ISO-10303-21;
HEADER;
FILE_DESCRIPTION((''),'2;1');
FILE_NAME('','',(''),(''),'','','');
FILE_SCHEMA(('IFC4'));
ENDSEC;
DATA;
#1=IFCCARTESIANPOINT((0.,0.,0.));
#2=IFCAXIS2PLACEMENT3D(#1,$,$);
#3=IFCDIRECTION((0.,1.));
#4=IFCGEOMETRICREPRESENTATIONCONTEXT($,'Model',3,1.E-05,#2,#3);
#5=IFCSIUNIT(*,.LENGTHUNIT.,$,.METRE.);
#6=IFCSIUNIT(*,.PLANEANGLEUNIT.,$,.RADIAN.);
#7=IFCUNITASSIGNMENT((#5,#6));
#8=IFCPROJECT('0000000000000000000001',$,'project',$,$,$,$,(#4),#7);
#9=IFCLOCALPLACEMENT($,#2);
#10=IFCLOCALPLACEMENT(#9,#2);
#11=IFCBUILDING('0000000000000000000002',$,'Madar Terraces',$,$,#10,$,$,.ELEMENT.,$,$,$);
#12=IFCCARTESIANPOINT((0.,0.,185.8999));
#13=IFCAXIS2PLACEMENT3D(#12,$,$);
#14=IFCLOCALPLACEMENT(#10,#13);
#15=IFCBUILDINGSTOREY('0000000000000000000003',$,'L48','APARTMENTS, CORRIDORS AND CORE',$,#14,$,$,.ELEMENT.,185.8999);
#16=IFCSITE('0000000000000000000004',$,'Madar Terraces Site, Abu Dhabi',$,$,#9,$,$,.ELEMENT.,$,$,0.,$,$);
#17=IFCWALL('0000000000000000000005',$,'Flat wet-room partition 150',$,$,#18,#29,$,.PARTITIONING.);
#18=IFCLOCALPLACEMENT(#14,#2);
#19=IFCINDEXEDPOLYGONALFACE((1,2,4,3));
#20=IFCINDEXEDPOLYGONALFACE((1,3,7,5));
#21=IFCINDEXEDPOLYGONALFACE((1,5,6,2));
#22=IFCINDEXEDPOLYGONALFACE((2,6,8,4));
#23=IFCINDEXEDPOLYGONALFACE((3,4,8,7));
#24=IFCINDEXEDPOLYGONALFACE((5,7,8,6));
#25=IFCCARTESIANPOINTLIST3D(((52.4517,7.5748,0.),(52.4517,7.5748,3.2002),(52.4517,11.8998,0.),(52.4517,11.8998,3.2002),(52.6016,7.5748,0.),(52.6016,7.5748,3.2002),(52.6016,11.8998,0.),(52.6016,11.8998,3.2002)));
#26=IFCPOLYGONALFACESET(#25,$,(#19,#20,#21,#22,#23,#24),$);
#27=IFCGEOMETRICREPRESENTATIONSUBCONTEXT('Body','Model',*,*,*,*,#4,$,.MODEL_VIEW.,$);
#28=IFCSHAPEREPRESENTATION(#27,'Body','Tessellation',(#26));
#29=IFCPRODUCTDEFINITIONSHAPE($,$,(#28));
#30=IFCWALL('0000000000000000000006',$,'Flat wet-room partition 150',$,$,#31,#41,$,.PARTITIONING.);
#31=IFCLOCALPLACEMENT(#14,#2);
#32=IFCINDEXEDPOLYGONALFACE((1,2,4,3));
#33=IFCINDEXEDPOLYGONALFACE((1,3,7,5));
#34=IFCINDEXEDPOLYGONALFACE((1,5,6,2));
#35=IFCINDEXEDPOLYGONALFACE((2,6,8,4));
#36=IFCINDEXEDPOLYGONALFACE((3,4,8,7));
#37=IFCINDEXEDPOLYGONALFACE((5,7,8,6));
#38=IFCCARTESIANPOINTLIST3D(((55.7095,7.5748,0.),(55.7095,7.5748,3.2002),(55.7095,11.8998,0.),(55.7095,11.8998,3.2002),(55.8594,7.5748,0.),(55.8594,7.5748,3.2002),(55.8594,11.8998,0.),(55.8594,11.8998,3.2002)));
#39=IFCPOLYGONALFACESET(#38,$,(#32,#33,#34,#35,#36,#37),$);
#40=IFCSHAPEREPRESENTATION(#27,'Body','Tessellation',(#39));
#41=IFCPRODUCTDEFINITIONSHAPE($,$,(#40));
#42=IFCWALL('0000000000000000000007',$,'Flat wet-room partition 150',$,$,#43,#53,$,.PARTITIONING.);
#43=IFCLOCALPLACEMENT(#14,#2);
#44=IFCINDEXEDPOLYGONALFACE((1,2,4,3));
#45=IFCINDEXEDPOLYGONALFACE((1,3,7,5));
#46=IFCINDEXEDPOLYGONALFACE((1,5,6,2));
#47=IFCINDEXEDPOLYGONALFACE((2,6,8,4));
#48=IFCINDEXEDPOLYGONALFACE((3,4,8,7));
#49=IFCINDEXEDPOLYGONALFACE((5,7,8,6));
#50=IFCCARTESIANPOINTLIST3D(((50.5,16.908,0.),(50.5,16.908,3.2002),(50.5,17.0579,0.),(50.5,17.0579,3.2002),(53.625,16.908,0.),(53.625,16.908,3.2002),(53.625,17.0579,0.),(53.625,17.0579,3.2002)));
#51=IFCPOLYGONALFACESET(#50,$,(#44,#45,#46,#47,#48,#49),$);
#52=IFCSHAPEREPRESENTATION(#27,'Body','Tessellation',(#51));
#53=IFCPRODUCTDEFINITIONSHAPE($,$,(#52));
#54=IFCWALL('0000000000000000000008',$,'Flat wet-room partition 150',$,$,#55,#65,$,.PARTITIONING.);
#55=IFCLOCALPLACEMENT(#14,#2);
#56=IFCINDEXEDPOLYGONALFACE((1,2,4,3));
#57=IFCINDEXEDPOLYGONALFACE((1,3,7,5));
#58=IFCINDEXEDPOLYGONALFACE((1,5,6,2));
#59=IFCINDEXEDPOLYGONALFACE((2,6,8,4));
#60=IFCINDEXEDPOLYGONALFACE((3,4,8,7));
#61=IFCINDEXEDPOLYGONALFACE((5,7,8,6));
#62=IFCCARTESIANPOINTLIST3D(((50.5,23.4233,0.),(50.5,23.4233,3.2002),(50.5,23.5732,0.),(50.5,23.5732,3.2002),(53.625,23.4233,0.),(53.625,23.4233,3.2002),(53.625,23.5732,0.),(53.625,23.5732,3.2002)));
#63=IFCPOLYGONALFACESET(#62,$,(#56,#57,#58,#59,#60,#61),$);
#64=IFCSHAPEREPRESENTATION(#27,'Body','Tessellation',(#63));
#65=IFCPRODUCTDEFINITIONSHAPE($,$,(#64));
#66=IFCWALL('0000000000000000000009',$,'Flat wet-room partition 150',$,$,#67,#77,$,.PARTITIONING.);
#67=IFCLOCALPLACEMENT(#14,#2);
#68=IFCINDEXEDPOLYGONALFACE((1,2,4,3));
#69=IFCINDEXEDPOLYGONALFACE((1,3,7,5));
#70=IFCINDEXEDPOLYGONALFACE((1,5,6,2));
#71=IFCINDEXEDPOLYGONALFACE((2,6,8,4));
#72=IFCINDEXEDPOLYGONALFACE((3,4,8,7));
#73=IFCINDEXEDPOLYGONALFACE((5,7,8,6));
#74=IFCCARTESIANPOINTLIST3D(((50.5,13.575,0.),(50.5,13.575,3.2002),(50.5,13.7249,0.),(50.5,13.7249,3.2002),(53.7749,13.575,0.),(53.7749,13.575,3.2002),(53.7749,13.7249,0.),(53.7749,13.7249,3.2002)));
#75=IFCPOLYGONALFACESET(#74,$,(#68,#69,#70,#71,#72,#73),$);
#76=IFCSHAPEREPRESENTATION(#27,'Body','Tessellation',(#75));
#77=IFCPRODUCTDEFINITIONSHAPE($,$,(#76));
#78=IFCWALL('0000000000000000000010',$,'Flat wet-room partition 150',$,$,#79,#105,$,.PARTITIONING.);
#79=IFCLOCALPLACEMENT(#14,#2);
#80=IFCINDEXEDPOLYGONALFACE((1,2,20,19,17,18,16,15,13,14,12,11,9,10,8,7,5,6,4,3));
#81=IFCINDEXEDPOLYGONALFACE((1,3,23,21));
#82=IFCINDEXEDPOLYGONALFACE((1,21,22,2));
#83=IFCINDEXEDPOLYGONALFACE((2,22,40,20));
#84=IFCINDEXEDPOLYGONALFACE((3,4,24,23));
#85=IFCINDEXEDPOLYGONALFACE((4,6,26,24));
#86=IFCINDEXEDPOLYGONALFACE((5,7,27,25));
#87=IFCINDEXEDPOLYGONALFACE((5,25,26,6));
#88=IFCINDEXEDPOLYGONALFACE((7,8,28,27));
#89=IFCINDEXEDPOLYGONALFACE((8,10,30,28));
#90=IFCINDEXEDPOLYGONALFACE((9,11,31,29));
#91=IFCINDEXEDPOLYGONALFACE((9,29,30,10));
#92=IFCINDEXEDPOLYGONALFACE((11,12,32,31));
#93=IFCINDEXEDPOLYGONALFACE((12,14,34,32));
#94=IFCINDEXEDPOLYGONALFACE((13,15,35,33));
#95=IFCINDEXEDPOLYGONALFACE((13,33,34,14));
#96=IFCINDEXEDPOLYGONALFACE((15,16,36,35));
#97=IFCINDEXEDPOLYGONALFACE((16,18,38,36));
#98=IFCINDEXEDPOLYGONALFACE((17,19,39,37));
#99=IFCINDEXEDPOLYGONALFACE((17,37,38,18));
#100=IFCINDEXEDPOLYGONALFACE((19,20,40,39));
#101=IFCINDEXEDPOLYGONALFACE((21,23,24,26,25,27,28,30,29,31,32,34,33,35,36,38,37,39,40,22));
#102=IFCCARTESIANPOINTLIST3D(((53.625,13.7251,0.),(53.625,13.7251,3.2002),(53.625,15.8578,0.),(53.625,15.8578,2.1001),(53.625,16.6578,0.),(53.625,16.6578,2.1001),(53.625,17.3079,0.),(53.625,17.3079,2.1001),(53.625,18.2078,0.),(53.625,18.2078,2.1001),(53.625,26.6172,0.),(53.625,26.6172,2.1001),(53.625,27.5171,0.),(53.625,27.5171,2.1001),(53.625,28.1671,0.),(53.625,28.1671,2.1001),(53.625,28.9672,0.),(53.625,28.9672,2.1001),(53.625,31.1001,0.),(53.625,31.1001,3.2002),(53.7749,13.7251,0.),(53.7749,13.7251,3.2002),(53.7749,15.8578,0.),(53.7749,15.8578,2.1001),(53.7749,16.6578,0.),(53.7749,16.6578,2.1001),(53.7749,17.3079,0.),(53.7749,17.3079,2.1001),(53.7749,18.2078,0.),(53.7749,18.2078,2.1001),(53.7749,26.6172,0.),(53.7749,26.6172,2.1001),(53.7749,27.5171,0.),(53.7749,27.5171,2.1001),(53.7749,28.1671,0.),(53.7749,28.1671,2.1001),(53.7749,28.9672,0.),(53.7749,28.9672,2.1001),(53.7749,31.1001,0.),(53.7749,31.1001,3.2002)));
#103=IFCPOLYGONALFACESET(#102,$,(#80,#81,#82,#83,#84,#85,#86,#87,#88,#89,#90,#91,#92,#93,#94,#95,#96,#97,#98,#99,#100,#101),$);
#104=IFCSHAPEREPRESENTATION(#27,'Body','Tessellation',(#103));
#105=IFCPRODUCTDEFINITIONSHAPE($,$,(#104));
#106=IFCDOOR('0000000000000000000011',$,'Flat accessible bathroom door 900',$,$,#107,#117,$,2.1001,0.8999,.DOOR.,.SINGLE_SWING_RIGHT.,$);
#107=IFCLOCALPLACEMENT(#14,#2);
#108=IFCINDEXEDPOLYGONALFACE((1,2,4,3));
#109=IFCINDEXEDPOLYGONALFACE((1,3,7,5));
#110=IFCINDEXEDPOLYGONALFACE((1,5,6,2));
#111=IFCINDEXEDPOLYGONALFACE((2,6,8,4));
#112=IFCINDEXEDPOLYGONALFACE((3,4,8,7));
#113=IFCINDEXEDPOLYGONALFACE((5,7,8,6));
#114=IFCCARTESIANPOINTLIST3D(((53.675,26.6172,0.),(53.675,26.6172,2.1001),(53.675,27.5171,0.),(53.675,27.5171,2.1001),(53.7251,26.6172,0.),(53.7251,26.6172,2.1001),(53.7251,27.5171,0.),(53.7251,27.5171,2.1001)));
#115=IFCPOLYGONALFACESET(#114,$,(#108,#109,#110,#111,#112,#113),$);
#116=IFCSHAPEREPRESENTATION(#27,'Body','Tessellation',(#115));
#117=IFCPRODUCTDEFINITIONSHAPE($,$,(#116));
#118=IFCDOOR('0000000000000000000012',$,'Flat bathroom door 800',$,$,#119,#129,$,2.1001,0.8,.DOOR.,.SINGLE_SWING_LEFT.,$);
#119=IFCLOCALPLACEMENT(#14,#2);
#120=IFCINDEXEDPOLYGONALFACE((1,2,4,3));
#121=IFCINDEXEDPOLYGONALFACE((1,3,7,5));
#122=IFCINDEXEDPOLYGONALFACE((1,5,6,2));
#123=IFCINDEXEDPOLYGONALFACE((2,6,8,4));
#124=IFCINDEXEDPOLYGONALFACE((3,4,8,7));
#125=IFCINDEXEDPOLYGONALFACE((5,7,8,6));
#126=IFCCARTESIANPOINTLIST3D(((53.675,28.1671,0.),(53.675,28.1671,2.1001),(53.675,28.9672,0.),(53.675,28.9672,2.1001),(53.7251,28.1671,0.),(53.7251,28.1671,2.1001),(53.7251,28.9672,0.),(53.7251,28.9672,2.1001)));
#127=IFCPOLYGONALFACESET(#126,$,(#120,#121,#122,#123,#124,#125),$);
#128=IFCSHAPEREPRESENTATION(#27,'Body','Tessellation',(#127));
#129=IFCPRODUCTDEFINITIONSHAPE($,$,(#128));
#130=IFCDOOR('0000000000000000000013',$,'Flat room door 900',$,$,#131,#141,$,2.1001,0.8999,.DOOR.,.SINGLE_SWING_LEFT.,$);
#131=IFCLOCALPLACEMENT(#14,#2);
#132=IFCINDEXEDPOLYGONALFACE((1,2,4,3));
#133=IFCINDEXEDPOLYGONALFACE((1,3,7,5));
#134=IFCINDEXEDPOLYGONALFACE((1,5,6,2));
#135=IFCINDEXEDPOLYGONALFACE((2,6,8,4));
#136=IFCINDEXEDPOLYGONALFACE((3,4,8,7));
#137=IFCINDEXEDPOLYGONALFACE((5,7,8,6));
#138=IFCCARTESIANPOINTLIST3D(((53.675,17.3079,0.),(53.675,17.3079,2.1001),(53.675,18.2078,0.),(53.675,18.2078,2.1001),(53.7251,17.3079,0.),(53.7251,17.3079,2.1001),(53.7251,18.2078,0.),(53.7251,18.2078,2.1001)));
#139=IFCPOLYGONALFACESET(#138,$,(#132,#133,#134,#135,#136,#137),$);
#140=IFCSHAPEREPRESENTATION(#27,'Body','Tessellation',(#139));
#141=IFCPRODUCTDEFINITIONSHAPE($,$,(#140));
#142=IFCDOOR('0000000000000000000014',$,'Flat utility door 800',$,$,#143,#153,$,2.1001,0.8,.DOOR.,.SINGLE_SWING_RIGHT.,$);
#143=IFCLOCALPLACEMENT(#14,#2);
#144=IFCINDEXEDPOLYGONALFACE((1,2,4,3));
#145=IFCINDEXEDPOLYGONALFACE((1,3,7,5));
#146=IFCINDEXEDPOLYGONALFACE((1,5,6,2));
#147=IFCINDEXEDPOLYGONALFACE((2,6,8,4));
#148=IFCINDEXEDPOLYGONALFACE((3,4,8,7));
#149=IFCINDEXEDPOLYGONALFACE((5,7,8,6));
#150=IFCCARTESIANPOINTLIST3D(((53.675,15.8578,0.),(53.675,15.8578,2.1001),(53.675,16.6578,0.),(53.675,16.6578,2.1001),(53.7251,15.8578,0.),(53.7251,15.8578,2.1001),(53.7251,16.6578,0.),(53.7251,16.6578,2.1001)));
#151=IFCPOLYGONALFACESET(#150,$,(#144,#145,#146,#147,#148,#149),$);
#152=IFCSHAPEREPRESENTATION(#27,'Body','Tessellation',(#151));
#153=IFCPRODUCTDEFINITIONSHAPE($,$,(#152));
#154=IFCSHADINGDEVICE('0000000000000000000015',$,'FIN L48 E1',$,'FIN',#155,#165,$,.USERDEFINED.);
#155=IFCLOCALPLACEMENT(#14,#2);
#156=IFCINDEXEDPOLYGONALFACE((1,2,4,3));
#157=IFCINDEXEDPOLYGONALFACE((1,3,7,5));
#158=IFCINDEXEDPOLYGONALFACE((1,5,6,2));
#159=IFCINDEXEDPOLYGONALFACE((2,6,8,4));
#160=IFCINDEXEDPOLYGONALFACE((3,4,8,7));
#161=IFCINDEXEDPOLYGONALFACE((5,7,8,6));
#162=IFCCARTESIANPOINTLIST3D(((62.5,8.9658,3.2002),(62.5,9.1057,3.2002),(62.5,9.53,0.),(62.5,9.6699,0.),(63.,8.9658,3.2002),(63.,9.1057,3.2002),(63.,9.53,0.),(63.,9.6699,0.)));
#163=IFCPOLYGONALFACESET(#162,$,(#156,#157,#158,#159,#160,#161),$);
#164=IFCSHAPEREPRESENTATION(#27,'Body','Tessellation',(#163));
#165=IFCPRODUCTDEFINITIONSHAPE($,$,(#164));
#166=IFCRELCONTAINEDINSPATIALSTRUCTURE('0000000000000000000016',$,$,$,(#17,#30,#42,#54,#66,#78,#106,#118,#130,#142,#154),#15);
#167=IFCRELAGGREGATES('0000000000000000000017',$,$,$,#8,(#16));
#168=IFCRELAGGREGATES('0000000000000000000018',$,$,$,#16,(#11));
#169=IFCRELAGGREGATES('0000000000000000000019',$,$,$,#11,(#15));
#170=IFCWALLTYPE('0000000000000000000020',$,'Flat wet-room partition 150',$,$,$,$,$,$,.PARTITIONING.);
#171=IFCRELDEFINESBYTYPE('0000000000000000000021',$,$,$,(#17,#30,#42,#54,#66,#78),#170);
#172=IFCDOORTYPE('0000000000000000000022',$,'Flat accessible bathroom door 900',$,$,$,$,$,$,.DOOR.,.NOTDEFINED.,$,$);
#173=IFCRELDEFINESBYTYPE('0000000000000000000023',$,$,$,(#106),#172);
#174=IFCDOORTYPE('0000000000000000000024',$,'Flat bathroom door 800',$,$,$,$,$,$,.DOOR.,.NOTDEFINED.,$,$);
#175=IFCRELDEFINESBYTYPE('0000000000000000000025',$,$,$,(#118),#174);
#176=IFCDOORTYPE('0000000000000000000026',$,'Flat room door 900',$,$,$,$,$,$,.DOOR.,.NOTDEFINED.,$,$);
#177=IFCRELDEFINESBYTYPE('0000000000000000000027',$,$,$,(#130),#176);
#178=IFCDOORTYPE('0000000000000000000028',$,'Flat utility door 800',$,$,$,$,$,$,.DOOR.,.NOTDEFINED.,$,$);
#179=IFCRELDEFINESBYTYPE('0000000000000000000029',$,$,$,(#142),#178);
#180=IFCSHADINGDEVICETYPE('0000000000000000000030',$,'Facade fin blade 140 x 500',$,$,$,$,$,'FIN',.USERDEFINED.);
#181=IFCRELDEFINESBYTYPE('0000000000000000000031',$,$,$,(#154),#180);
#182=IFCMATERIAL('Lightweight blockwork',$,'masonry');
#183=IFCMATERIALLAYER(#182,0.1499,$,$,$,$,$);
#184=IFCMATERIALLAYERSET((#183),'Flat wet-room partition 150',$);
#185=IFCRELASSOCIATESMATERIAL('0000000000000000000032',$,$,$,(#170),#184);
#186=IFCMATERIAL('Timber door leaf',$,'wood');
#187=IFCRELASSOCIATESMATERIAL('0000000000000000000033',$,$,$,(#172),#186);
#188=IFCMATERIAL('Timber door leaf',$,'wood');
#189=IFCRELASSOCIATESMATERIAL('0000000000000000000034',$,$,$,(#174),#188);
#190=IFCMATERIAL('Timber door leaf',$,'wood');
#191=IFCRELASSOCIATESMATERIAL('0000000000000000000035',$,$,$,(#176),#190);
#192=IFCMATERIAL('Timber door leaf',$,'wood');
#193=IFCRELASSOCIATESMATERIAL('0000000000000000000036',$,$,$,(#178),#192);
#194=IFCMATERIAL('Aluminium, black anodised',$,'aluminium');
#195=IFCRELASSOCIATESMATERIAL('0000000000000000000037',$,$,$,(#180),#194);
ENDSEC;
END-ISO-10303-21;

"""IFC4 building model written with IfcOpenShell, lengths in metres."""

from ifc_helpers import new_model, si_unit, direction, frame, frame_2d, origin, place, context, subcontext, project, spatial, polyline, rectangle, outline, extrude, material, layer, layer_set, type_object, element, fill, save


model = new_model("IFC4")

# Units and contexts
model_context = context("Model", 3, precision=1e-05, world=origin(), true_north=direction((0.0, 1.0)))
body_context = subcontext(model_context, "Body", "Model", "MODEL_VIEW")
ifc_project = project(units=[si_unit("LENGTHUNIT", "METRE"), si_unit("PLANEANGLEUNIT", "RADIAN")], contexts=[model_context])

# Site, building, storey
site_placement = place(None, origin())
site = spatial("IfcSite", under=ifc_project, at=site_placement, Name="Madar Terraces Site, Abu Dhabi", CompositionType="ELEMENT", RefElevation=0.0)
building_placement = place(site_placement, origin())
building = spatial("IfcBuilding", under=site, at=building_placement, Name="Madar Terraces", CompositionType="ELEMENT")
storey_placement = place(building_placement, frame((0.0, 0.0, 185.8999)))
storey = spatial("IfcBuildingStorey", under=building, at=storey_placement, Name="L48", Description="APARTMENTS, CORRIDORS AND CORE", CompositionType="ELEMENT", Elevation=185.8999)

# Walls
ifc_material_1 = material(Name="Lightweight blockwork", Category="masonry")
ifc_layer_1 = layer(ifc_material_1, 0.1499)
ifc_layer_set_1 = layer_set([ifc_layer_1], Name="Flat wet-room partition 150")
wall_type_1 = type_object("IfcWallType", Name="Flat wet-room partition 150", PredefinedType="PARTITIONING", material=ifc_layer_set_1)
for number, where, z_axis, x_axis, name in (
    (1, (52.5266, 11.8999, 0.0), (0.0, 0.0, 1.0), (0.0, -1.0, 0.0), "Flat wet-room partition 150"),
    (2, (55.7844, 11.8999, 0.0), (0.0, 0.0, 1.0), (0.0, -1.0, 0.0), "Flat wet-room partition 150"),
):
    element("IfcWall", number, at=place(storey_placement, frame(where, z_axis=z_axis, x_axis=x_axis)), inside=storey, type_object=wall_type_1, Name=name, PredefinedType="PARTITIONING", context=body_context, shape_type="SweptSolid", body=[
        extrude(rectangle(XDim=4.325, YDim=0.1499, at=frame_2d((2.1626, 0.0))), origin(), (0.0, 0.0, 1.0), 3.2002),
    ])
for number, where, z_axis, x_axis, name in (
    (3, (50.5, 16.9829, 0.0), (0.0, 0.0, 1.0), (1.0, 0.0, 0.0), "Flat wet-room partition 150"),
    (4, (50.5, 23.4983, 0.0), (0.0, 0.0, 1.0), (1.0, 0.0, 0.0), "Flat wet-room partition 150"),
):
    element("IfcWall", number, at=place(storey_placement, frame(where, z_axis=z_axis, x_axis=x_axis)), inside=storey, type_object=wall_type_1, Name=name, PredefinedType="PARTITIONING", context=body_context, shape_type="SweptSolid", body=[
        extrude(rectangle(XDim=3.125, YDim=0.1499, at=frame_2d((1.5625, 0.0))), origin(), (0.0, 0.0, 1.0), 3.2002),
    ])
wall_1_placement = place(storey_placement, frame((50.5, 13.6499, 0.0), z_axis=(0.0, 0.0, 1.0), x_axis=(1.0, 0.0, 0.0)))
element("IfcWall", 5, at=wall_1_placement, inside=storey, type_object=wall_type_1, Name="Flat wet-room partition 150", PredefinedType="PARTITIONING", context=body_context, shape_type="SweptSolid", body=[
    extrude(rectangle(XDim=3.2749, YDim=0.1499, at=frame_2d((1.6375, 0.0))), origin(), (0.0, 0.0, 1.0), 3.2002),
])

# Wall, openings, doors
wall_2_placement = place(storey_placement, frame((53.7, 13.7251, 0.0), z_axis=(0.0, 0.0, 1.0), x_axis=(0.0, 1.0, 0.0)))
wall_2 = element("IfcWall", 6, at=wall_2_placement, inside=storey, type_object=wall_type_1, Name="Flat wet-room partition 150", PredefinedType="PARTITIONING", context=body_context, shape_type="SweptSolid", body=[
    extrude(rectangle(XDim=17.375, YDim=0.1499, at=frame_2d((8.6875, 0.0))), origin(), (0.0, 0.0, 1.0), 3.2002),
])
opening_1_placement = place(wall_2_placement, frame((2.1328, 0.0, 0.0)))
opening_1 = element("IfcOpeningElement", 7, at=opening_1_placement, cuts=wall_2, PredefinedType="OPENING", context=body_context, shape_type="SweptSolid", body=[
    extrude(rectangle(XDim=0.8, YDim=2.1001, at=frame_2d((0.3999, 1.05))), frame((0.0, 0.085, 0.0), z_axis=(0.0, -1.0, 0.0), x_axis=(1.0, 0.0, 0.0)), (0.0, 0.0, 1.0), 0.1699),
])
opening_2_placement = place(wall_2_placement, frame((3.5828, 0.0, 0.0)))
opening_2 = element("IfcOpeningElement", 8, at=opening_2_placement, cuts=wall_2, PredefinedType="OPENING", context=body_context, shape_type="SweptSolid", body=[
    extrude(rectangle(XDim=0.8999, YDim=2.1001, at=frame_2d((0.45, 1.05))), frame((0.0, 0.085, 0.0), z_axis=(0.0, -1.0, 0.0), x_axis=(1.0, 0.0, 0.0)), (0.0, 0.0, 1.0), 0.1699),
])
opening_3_placement = place(wall_2_placement, frame((12.8921, 0.0, 0.0)))
opening_3 = element("IfcOpeningElement", 9, at=opening_3_placement, cuts=wall_2, PredefinedType="OPENING", context=body_context, shape_type="SweptSolid", body=[
    extrude(rectangle(XDim=0.8999, YDim=2.1001, at=frame_2d((0.45, 1.05))), frame((0.0, 0.085, 0.0), z_axis=(0.0, -1.0, 0.0), x_axis=(1.0, 0.0, 0.0)), (0.0, 0.0, 1.0), 0.1699),
])
opening_4_placement = place(wall_2_placement, frame((14.4421, 0.0, 0.0)))
opening_4 = element("IfcOpeningElement", 10, at=opening_4_placement, cuts=wall_2, PredefinedType="OPENING", context=body_context, shape_type="SweptSolid", body=[
    extrude(rectangle(XDim=0.8, YDim=2.1001, at=frame_2d((0.3999, 1.05))), frame((0.0, 0.085, 0.0), z_axis=(0.0, -1.0, 0.0), x_axis=(1.0, 0.0, 0.0)), (0.0, 0.0, 1.0), 0.1699),
])
ifc_material_2 = material(Name="Timber door leaf", Category="wood")
door_type_1 = type_object("IfcDoorType", Name="Flat accessible bathroom door 900", OperationType="NOTDEFINED", PredefinedType="DOOR", material=ifc_material_2)
door_1_placement = place(opening_3_placement, origin())
door_1 = element("IfcDoor", 11, at=door_1_placement, inside=storey, type_object=door_type_1, Name="Flat accessible bathroom door 900", OperationType="SINGLE_SWING_RIGHT", OverallHeight=2.1001, OverallWidth=0.8999, PredefinedType="DOOR", context=body_context, shape_type="SweptSolid", body=[
    extrude(rectangle(XDim=0.8999, YDim=2.1001, at=frame_2d((0.45, 1.05))), frame((0.0, 0.0249, 0.0), z_axis=(0.0, -1.0, 0.0), x_axis=(1.0, 0.0, 0.0)), (0.0, 0.0, 1.0), 0.05),
])
fill(opening_3, door_1)
ifc_material_3 = material(Name="Timber door leaf", Category="wood")
door_type_2 = type_object("IfcDoorType", Name="Flat bathroom door 800", OperationType="NOTDEFINED", PredefinedType="DOOR", material=ifc_material_3)
door_2_placement = place(opening_4_placement, origin())
door_2 = element("IfcDoor", 12, at=door_2_placement, inside=storey, type_object=door_type_2, Name="Flat bathroom door 800", OperationType="SINGLE_SWING_LEFT", OverallHeight=2.1001, OverallWidth=0.8, PredefinedType="DOOR", context=body_context, shape_type="SweptSolid", body=[
    extrude(rectangle(XDim=0.8, YDim=2.1001, at=frame_2d((0.3999, 1.05))), frame((0.0, 0.0249, 0.0), z_axis=(0.0, -1.0, 0.0), x_axis=(1.0, 0.0, 0.0)), (0.0, 0.0, 1.0), 0.05),
])
fill(opening_4, door_2)
ifc_material_4 = material(Name="Timber door leaf", Category="wood")
door_type_3 = type_object("IfcDoorType", Name="Flat room door 900", OperationType="NOTDEFINED", PredefinedType="DOOR", material=ifc_material_4)
door_3_placement = place(opening_2_placement, origin())
door_3 = element("IfcDoor", 13, at=door_3_placement, inside=storey, type_object=door_type_3, Name="Flat room door 900", OperationType="SINGLE_SWING_LEFT", OverallHeight=2.1001, OverallWidth=0.8999, PredefinedType="DOOR", context=body_context, shape_type="SweptSolid", body=[
    extrude(rectangle(XDim=0.8999, YDim=2.1001, at=frame_2d((0.45, 1.05))), frame((0.0, 0.0249, 0.0), z_axis=(0.0, -1.0, 0.0), x_axis=(1.0, 0.0, 0.0)), (0.0, 0.0, 1.0), 0.05),
])
fill(opening_2, door_3)
ifc_material_5 = material(Name="Timber door leaf", Category="wood")
door_type_4 = type_object("IfcDoorType", Name="Flat utility door 800", OperationType="NOTDEFINED", PredefinedType="DOOR", material=ifc_material_5)
door_4_placement = place(opening_1_placement, origin())
door_4 = element("IfcDoor", 14, at=door_4_placement, inside=storey, type_object=door_type_4, Name="Flat utility door 800", OperationType="SINGLE_SWING_RIGHT", OverallHeight=2.1001, OverallWidth=0.8, PredefinedType="DOOR", context=body_context, shape_type="SweptSolid", body=[
    extrude(rectangle(XDim=0.8, YDim=2.1001, at=frame_2d((0.3999, 1.05))), frame((0.0, 0.0249, 0.0), z_axis=(0.0, -1.0, 0.0), x_axis=(1.0, 0.0, 0.0)), (0.0, 0.0, 1.0), 0.05),
])
fill(opening_1, door_4)

# Shading device
ifc_material_6 = material(Name="Aluminium, black anodised", Category="aluminium")
shading_device_type = type_object("IfcShadingDeviceType", Name="Facade fin blade 140 x 500", ElementType="FIN", PredefinedType="USERDEFINED", material=ifc_material_6)
shading_device_1_placement = place(storey_placement, frame((62.75, 9.53, 0.0), z_axis=(0.0, 0.0, 1.0), x_axis=(0.0, 1.0, 0.0)))
element("IfcShadingDevice", 15, at=shading_device_1_placement, inside=storey, type_object=shading_device_type, Name="FIN L48 E1", ObjectType="FIN", PredefinedType="USERDEFINED", context=body_context, shape_type="SweptSolid", body=[
    extrude(outline(polyline([(0.0, 0.0), (0.1399, 0.0), (-0.4243, 3.2002), (-0.5642, 3.2002), (0.0, 0.0)])), frame((0.0, 0.25, 0.0), z_axis=(0.0, -1.0, 0.0), x_axis=(1.0, 0.0, 0.0)), (0.0, 0.0, 1.0), 0.5),
])

save(model, "model.ifc")
